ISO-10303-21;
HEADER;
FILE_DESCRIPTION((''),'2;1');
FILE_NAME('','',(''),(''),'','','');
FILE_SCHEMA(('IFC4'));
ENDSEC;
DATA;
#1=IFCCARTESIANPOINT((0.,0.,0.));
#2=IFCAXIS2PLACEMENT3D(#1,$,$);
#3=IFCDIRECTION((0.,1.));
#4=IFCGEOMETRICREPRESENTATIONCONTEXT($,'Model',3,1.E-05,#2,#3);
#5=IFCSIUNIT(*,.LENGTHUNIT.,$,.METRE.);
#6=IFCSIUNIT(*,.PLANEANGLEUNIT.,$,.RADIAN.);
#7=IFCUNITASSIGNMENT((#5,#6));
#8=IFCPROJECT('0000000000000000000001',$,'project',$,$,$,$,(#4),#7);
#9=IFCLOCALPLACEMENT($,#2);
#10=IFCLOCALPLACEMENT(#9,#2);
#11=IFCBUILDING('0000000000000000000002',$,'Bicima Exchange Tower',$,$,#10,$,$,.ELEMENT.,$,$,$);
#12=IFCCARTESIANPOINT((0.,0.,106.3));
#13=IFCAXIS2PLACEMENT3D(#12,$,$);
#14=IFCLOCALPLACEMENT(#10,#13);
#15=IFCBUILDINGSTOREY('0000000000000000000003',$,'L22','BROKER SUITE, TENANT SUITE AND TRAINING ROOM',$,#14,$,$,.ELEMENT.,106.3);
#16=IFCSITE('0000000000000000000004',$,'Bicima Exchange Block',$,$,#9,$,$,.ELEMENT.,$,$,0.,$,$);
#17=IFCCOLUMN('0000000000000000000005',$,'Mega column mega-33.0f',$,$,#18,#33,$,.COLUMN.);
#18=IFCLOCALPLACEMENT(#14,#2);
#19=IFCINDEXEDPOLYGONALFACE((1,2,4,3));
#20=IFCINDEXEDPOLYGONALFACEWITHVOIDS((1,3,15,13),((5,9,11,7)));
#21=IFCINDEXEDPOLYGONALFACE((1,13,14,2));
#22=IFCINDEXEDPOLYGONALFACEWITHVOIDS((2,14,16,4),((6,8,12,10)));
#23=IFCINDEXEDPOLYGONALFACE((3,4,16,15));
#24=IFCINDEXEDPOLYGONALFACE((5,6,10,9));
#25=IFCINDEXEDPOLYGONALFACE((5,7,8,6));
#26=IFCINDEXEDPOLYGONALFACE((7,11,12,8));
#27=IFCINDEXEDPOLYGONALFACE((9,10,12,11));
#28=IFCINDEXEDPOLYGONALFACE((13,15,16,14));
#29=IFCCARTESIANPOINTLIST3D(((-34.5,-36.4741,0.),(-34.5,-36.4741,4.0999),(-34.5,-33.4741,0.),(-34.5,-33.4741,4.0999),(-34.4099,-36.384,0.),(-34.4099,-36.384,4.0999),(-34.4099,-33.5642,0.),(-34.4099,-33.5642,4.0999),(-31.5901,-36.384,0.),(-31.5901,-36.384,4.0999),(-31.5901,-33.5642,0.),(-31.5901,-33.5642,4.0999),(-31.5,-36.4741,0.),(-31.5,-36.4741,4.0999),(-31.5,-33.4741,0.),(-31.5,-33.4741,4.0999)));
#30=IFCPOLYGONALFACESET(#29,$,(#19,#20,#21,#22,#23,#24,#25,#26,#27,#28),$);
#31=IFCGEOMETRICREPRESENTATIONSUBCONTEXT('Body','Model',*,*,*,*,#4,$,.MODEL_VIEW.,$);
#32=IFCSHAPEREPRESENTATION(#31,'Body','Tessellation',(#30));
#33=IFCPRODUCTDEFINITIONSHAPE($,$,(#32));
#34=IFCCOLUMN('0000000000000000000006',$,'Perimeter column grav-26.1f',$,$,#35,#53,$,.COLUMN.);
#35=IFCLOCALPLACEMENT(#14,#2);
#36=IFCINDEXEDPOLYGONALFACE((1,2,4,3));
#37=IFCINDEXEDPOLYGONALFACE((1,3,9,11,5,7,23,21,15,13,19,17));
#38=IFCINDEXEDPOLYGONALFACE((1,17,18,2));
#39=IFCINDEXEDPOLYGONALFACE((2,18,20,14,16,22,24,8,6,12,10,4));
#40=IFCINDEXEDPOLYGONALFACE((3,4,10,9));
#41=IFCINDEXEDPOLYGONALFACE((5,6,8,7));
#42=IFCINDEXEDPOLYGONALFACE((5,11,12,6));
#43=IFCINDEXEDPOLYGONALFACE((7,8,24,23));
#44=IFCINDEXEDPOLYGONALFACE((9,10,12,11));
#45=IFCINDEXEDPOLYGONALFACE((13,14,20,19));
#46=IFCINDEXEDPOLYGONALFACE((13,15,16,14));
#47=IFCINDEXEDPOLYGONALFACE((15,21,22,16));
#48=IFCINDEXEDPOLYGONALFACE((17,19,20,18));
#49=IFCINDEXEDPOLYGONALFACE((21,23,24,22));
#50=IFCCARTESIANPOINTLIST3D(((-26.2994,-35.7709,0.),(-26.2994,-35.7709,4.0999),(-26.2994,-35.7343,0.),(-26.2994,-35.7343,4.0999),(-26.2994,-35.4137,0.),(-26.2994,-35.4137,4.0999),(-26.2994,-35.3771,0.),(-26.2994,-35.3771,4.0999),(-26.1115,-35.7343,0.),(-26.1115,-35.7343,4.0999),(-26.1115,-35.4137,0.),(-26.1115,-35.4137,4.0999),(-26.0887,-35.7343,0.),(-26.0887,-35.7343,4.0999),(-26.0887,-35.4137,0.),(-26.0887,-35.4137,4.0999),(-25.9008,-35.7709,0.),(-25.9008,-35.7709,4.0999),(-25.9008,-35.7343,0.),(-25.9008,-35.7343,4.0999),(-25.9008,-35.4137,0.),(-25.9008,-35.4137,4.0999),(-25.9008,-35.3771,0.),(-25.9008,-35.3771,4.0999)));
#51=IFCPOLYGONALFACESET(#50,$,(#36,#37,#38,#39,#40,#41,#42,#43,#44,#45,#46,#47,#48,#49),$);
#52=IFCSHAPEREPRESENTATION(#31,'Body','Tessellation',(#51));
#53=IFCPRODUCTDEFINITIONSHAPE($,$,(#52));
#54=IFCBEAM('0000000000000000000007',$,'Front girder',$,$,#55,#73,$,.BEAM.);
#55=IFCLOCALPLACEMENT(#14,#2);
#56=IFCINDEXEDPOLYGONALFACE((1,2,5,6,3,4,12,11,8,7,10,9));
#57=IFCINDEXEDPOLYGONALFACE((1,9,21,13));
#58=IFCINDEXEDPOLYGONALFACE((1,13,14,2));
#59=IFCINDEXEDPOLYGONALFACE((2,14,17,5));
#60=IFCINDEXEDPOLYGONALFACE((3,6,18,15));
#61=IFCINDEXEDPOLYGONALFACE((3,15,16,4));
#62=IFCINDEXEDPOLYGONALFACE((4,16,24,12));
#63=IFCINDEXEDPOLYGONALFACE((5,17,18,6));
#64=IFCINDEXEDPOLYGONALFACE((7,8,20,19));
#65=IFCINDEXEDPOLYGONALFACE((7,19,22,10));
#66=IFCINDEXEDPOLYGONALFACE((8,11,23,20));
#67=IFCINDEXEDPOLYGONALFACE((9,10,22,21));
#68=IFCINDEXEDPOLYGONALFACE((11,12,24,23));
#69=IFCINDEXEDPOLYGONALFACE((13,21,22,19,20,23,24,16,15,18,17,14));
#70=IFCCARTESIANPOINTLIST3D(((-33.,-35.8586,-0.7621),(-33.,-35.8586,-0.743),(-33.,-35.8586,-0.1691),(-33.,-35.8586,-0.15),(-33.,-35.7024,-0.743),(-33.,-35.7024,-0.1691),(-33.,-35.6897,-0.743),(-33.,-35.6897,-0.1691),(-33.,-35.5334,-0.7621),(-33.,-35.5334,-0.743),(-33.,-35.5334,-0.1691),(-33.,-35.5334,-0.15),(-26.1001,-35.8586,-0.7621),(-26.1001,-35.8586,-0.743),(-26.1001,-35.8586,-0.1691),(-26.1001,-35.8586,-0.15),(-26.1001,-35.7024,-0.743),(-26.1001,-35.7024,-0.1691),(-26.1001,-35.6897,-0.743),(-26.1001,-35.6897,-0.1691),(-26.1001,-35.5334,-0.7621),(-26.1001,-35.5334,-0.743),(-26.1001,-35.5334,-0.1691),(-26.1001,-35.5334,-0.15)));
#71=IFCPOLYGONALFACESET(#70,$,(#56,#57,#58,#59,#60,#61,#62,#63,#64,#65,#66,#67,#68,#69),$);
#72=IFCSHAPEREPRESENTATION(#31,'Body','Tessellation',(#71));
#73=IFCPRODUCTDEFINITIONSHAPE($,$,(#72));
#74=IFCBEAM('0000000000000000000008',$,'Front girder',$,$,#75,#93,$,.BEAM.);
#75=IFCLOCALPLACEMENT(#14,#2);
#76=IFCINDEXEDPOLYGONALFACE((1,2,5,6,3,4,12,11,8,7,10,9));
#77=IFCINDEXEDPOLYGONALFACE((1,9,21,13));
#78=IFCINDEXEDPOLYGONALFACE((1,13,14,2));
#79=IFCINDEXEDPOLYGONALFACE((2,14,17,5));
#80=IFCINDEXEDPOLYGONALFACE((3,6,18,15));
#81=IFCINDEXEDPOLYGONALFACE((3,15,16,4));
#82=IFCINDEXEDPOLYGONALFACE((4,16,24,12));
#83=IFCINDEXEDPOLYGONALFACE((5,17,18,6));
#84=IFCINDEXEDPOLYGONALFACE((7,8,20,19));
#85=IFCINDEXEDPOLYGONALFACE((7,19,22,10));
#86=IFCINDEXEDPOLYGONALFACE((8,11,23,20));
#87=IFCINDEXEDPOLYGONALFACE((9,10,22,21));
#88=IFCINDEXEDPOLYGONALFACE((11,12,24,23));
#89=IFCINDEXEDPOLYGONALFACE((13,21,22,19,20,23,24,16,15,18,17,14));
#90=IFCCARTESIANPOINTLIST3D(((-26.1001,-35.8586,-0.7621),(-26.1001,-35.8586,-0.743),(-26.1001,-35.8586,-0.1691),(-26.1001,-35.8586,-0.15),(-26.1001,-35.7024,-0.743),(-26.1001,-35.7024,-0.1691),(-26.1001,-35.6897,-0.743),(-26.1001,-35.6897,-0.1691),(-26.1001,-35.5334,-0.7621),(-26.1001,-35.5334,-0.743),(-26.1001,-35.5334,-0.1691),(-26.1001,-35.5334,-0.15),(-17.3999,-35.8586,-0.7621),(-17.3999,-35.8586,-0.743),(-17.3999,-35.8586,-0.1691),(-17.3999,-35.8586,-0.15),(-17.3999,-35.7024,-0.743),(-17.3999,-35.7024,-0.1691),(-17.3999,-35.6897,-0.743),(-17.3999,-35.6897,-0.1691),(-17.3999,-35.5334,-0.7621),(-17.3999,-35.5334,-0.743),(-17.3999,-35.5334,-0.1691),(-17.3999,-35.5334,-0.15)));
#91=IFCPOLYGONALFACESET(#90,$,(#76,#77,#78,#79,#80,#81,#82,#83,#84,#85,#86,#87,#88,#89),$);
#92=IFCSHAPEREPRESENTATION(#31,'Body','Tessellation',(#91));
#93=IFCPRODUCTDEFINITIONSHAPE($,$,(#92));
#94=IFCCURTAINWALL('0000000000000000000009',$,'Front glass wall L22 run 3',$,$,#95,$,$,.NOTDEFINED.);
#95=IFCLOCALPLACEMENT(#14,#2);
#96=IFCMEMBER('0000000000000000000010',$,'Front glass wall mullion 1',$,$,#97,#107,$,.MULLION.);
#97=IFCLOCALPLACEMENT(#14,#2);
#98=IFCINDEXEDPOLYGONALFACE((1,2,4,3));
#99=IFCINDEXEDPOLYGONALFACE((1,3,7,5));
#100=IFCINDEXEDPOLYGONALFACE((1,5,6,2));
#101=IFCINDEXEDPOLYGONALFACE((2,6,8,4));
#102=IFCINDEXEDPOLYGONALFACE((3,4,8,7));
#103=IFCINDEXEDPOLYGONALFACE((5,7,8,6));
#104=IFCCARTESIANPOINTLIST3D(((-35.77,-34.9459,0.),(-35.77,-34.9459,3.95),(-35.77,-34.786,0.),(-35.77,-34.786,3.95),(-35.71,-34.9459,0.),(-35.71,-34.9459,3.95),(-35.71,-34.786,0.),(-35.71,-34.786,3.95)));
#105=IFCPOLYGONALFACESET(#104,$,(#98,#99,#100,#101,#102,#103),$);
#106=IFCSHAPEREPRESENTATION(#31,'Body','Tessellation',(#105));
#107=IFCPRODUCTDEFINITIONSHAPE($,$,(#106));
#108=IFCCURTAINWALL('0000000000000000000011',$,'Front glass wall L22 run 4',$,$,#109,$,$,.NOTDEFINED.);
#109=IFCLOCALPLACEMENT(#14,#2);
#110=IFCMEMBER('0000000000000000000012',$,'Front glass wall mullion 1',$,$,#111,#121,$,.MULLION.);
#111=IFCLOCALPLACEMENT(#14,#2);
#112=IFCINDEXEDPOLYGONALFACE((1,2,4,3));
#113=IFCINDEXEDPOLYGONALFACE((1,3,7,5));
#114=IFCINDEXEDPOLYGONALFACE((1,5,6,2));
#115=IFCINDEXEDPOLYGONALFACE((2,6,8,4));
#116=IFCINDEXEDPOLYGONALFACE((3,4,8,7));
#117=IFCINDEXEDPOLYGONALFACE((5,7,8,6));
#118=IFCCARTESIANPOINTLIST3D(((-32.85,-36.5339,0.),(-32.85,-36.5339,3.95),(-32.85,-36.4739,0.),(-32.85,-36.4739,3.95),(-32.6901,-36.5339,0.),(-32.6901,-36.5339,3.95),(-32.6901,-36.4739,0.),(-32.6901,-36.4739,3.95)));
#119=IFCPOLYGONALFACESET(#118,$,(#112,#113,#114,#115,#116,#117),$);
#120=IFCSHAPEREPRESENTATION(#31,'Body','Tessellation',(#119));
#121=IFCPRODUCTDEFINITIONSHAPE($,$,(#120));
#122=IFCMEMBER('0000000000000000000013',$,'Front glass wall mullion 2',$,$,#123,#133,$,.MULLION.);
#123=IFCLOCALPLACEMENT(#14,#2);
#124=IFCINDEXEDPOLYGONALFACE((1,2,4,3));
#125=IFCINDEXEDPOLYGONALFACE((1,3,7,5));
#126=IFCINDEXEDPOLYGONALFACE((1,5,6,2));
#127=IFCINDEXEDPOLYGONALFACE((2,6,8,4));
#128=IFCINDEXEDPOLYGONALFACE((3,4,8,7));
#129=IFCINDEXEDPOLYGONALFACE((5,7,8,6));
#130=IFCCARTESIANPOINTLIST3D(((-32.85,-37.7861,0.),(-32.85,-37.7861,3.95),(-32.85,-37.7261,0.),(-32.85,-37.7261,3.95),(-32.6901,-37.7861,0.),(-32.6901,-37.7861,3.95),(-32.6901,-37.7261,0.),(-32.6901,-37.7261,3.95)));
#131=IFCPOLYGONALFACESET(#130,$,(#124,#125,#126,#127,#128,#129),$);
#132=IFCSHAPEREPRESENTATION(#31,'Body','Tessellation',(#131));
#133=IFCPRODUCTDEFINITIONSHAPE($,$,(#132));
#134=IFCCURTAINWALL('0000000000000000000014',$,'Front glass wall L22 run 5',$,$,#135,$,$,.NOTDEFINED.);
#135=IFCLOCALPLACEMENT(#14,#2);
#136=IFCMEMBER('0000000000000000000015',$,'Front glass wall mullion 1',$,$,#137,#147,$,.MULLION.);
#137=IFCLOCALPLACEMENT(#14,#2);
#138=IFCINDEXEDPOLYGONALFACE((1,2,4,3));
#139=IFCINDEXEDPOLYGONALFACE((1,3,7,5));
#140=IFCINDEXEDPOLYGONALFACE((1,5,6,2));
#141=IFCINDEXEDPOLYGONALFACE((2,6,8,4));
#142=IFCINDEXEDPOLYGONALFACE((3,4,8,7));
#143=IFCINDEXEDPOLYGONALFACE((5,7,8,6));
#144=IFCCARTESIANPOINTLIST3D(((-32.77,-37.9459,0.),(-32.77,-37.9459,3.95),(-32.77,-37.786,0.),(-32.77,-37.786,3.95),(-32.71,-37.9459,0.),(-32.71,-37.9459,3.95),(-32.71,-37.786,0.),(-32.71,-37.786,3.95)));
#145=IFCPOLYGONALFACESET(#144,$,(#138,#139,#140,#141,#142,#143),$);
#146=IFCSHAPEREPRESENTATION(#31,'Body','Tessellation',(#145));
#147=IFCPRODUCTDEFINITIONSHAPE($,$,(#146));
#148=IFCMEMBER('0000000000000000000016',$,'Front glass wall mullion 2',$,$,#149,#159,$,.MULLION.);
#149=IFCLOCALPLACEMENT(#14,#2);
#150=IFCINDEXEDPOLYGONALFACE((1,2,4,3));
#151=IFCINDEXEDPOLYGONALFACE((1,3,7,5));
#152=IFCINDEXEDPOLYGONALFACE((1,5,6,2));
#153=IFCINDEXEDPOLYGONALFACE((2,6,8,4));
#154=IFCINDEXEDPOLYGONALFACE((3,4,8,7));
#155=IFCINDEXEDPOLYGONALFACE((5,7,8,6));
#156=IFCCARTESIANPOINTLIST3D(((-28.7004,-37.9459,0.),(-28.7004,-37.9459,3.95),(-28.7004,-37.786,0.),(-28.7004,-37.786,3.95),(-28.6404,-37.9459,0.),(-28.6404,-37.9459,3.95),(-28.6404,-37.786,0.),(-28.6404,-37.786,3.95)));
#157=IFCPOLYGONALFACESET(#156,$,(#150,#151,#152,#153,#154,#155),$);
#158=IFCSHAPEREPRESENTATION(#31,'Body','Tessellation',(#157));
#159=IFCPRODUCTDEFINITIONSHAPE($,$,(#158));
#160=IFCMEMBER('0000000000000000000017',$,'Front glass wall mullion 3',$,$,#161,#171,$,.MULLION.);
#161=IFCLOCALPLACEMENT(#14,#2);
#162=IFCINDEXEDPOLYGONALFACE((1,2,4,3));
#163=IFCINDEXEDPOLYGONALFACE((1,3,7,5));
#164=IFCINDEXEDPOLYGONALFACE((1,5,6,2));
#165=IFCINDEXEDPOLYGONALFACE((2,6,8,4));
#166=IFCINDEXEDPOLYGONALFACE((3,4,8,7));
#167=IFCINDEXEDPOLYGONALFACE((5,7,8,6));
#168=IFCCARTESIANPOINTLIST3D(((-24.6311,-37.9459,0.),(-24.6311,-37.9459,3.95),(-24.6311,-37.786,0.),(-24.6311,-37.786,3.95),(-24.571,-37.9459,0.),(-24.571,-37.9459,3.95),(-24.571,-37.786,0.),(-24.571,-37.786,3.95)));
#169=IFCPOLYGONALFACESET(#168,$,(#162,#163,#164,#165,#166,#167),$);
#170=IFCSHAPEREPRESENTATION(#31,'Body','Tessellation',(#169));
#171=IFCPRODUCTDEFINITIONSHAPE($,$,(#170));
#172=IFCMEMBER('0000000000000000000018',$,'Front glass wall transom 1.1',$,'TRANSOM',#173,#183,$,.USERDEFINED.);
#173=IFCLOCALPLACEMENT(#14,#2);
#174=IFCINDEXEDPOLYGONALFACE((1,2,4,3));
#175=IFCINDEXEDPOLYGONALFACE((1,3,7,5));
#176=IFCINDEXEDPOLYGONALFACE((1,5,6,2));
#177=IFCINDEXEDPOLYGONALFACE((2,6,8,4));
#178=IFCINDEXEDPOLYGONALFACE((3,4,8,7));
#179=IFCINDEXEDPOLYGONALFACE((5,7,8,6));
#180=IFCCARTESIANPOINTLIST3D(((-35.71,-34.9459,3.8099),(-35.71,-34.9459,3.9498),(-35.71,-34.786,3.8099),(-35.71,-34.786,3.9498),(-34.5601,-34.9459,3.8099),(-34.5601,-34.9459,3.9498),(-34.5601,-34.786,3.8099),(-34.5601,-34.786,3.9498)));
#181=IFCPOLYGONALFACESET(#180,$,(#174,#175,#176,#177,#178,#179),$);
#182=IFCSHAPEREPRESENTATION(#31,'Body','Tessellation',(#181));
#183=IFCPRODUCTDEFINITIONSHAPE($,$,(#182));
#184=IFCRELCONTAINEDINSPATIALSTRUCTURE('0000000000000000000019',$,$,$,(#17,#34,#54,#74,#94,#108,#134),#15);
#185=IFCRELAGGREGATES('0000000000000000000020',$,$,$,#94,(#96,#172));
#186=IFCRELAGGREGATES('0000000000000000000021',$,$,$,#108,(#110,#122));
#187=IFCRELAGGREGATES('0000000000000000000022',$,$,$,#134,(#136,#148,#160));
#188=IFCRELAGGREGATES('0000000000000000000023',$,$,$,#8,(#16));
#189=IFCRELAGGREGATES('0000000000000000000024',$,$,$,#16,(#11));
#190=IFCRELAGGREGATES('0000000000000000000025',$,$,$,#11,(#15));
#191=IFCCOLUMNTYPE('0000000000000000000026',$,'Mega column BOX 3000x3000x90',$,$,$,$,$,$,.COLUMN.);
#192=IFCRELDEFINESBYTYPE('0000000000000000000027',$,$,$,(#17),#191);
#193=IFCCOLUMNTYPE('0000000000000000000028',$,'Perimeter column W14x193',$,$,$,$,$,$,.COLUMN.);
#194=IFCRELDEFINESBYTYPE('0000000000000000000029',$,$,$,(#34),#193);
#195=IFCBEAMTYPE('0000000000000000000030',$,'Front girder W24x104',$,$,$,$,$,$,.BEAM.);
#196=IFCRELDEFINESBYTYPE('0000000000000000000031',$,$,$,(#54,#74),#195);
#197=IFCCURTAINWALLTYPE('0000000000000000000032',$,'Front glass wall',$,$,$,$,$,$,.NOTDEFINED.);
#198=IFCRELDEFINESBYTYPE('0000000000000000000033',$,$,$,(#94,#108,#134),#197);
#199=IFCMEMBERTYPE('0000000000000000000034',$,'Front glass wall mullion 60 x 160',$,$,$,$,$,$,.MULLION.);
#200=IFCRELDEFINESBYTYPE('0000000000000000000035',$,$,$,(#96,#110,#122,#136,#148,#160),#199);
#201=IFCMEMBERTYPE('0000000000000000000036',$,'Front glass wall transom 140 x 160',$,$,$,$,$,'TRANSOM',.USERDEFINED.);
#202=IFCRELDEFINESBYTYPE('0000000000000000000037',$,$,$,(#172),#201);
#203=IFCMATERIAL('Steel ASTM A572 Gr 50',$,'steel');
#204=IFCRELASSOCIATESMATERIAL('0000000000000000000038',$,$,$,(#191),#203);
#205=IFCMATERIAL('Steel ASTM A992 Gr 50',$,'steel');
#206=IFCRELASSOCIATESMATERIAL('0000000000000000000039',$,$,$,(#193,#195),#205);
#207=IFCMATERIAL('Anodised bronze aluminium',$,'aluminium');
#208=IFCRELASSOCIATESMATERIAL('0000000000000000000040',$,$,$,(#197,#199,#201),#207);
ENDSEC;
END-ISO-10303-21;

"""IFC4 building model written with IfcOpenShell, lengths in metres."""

from ifc_helpers import new_model, si_unit, direction, frame, origin, origin_2d, place, context, subcontext, project, spatial, rectangle, hollow_rectangle, i_section, extrude, material, material_profile, profile_set, type_object, element, aggregate, save


model = new_model("IFC4")

# Units and contexts
model_context = context("Model", 3, precision=1e-05, world=origin(), true_north=direction((0.0, 1.0)))
body_context = subcontext(model_context, "Body", "Model", "MODEL_VIEW")
ifc_project = project(units=[si_unit("LENGTHUNIT", "METRE"), si_unit("PLANEANGLEUNIT", "RADIAN")], contexts=[model_context])

# Site, building, storey
site_placement = place(None, origin())
site = spatial("IfcSite", under=ifc_project, at=site_placement, Name="Bicima Exchange Block", CompositionType="ELEMENT", RefElevation=0.0)
building_placement = place(site_placement, origin())
building = spatial("IfcBuilding", under=site, at=building_placement, Name="Bicima Exchange Tower", CompositionType="ELEMENT")
storey_placement = place(building_placement, frame((0.0, 0.0, 106.3)))
storey = spatial("IfcBuildingStorey", under=building, at=storey_placement, Name="L22", Description="BROKER SUITE, TENANT SUITE AND TRAINING ROOM", CompositionType="ELEMENT", Elevation=106.3)

# Columns
ifc_material_1 = material(Name="Steel ASTM A572 Gr 50", Category="steel")
ifc_material_profile_1 = material_profile(ifc_material_1, hollow_rectangle(XDim=3.0, YDim=3.0, WallThickness=0.0901, at=origin_2d()))
ifc_profile_set_1 = profile_set([ifc_material_profile_1], Name="Steel ASTM A572 Gr 50")
column_type_1 = type_object("IfcColumnType", Name="Mega column BOX 3000x3000x90", PredefinedType="COLUMN", material=ifc_profile_set_1)
column_1_placement = place(storey_placement, frame((-33.0, -34.9741, 0.0), z_axis=(0.0, 0.0, 1.0), x_axis=(1.0, 0.0, 0.0)))
element("IfcColumn", 1, at=column_1_placement, inside=storey, type_object=column_type_1, Name="Mega column mega-33.0f", PredefinedType="COLUMN", context=body_context, shape_type="SweptSolid", body=[
    extrude(hollow_rectangle(XDim=3.0, YDim=3.0, WallThickness=0.0901, at=origin_2d()), origin(), (0.0, 0.0, 1.0), 4.0999),
])
ifc_material_2 = material(Name="Steel ASTM A992 Gr 50", Category="steel")
ifc_material_profile_2 = material_profile(ifc_material_2, i_section(OverallWidth=0.3987, OverallDepth=0.3938, WebThickness=0.0227, FlangeThickness=0.0366, at=origin_2d()))
ifc_profile_set_2 = profile_set([ifc_material_profile_2], Name="Steel ASTM A992 Gr 50")
column_type_2 = type_object("IfcColumnType", Name="Perimeter column W14x193", PredefinedType="COLUMN", material=ifc_profile_set_2)
column_2_placement = place(storey_placement, frame((-26.1001, -35.574, 0.0), z_axis=(0.0, 0.0, 1.0), x_axis=(1.0, 0.0, 0.0)))
element("IfcColumn", 2, at=column_2_placement, inside=storey, type_object=column_type_2, Name="Perimeter column grav-26.1f", PredefinedType="COLUMN", context=body_context, shape_type="SweptSolid", body=[
    extrude(i_section(OverallWidth=0.3987, OverallDepth=0.3938, WebThickness=0.0227, FlangeThickness=0.0366, at=origin_2d()), origin(), (0.0, 0.0, 1.0), 4.0999),
])

# Beams
ifc_material_profile_3 = material_profile(ifc_material_2, i_section(OverallWidth=0.3252, OverallDepth=0.6121, WebThickness=0.0127, FlangeThickness=0.019, at=origin_2d()))
ifc_profile_set_3 = profile_set([ifc_material_profile_3], Name="Steel ASTM A992 Gr 50")
beam_type = type_object("IfcBeamType", Name="Front girder W24x104", PredefinedType="BEAM", material=ifc_profile_set_3)
beam_1_placement = place(storey_placement, frame((-33.0, -35.696, -0.4561), z_axis=(1.0, 0.0, 0.0), x_axis=(0.0, 1.0, 0.0)))
element("IfcBeam", 3, at=beam_1_placement, inside=storey, type_object=beam_type, Name="Front girder", PredefinedType="BEAM", context=body_context, shape_type="SweptSolid", body=[
    extrude(i_section(OverallWidth=0.3252, OverallDepth=0.6121, WebThickness=0.0127, FlangeThickness=0.019, at=origin_2d()), origin(), (0.0, 0.0, 1.0), 6.8999),
])
beam_2_placement = place(storey_placement, frame((-26.1001, -35.696, -0.4561), z_axis=(1.0, 0.0, 0.0), x_axis=(0.0, 1.0, 0.0)))
element("IfcBeam", 4, at=beam_2_placement, inside=storey, type_object=beam_type, Name="Front girder", PredefinedType="BEAM", context=body_context, shape_type="SweptSolid", body=[
    extrude(i_section(OverallWidth=0.3252, OverallDepth=0.6121, WebThickness=0.0127, FlangeThickness=0.019, at=origin_2d()), origin(), (0.0, 0.0, 1.0), 8.7002),
])

# Curtain wall, member
ifc_material_3 = material(Name="Anodised bronze aluminium", Category="aluminium")
curtain_wall_type = type_object("IfcCurtainWallType", Name="Front glass wall", PredefinedType="NOTDEFINED", material=ifc_material_3)
curtain_wall_1_placement = place(storey_placement, origin())
curtain_wall_1 = element("IfcCurtainWall", 5, at=curtain_wall_1_placement, inside=storey, type_object=curtain_wall_type, Name="Front glass wall L22 run 3", PredefinedType="NOTDEFINED")
ifc_material_profile_4 = material_profile(ifc_material_3, rectangle(XDim=0.1599, YDim=0.0601, at=origin_2d()))
ifc_profile_set_4 = profile_set([ifc_material_profile_4], Name="Anodised bronze aluminium")
member_type_1 = type_object("IfcMemberType", Name="Front glass wall mullion 60 x 160", PredefinedType="MULLION", material=ifc_profile_set_4)
member_1_placement = place(storey_placement, frame((-35.74, -34.866, 0.0), z_axis=(0.0, 0.0, 1.0), x_axis=(0.0, 1.0, 0.0)))
member_1 = element("IfcMember", 6, at=member_1_placement, type_object=member_type_1, Name="Front glass wall mullion 1", PredefinedType="MULLION", context=body_context, shape_type="SweptSolid", body=[
    extrude(rectangle(XDim=0.1599, YDim=0.0601, at=origin_2d()), origin(), (0.0, 0.0, 1.0), 3.95),
])

# Curtain walls, members
curtain_wall_2_placement = place(storey_placement, origin())
curtain_wall_2 = element("IfcCurtainWall", 7, at=curtain_wall_2_placement, inside=storey, type_object=curtain_wall_type, Name="Front glass wall L22 run 4", PredefinedType="NOTDEFINED")
member_2_placement = place(storey_placement, frame((-32.77, -36.5039, 0.0), z_axis=(0.0, 0.0, 1.0), x_axis=(1.0, 0.0, 0.0)))
member_2 = element("IfcMember", 8, at=member_2_placement, type_object=member_type_1, Name="Front glass wall mullion 1", PredefinedType="MULLION", context=body_context, shape_type="SweptSolid", body=[
    extrude(rectangle(XDim=0.1599, YDim=0.0601, at=origin_2d()), origin(), (0.0, 0.0, 1.0), 3.95),
])
member_3_placement = place(storey_placement, frame((-32.77, -37.7561, 0.0), z_axis=(0.0, 0.0, 1.0), x_axis=(1.0, 0.0, 0.0)))
member_3 = element("IfcMember", 9, at=member_3_placement, type_object=member_type_1, Name="Front glass wall mullion 2", PredefinedType="MULLION", context=body_context, shape_type="SweptSolid", body=[
    extrude(rectangle(XDim=0.1599, YDim=0.0601, at=origin_2d()), origin(), (0.0, 0.0, 1.0), 3.95),
])
curtain_wall_3_placement = place(storey_placement, origin())
curtain_wall_3 = element("IfcCurtainWall", 10, at=curtain_wall_3_placement, inside=storey, type_object=curtain_wall_type, Name="Front glass wall L22 run 5", PredefinedType="NOTDEFINED")
member_4_placement = place(storey_placement, frame((-32.74, -37.866, 0.0), z_axis=(0.0, 0.0, 1.0), x_axis=(0.0, 1.0, 0.0)))
member_4 = element("IfcMember", 11, at=member_4_placement, type_object=member_type_1, Name="Front glass wall mullion 1", PredefinedType="MULLION", context=body_context, shape_type="SweptSolid", body=[
    extrude(rectangle(XDim=0.1599, YDim=0.0601, at=origin_2d()), origin(), (0.0, 0.0, 1.0), 3.95),
])
member_5_placement = place(storey_placement, frame((-28.6704, -37.866, 0.0), z_axis=(0.0, 0.0, 1.0), x_axis=(0.0, 1.0, 0.0)))
member_5 = element("IfcMember", 12, at=member_5_placement, type_object=member_type_1, Name="Front glass wall mullion 2", PredefinedType="MULLION", context=body_context, shape_type="SweptSolid", body=[
    extrude(rectangle(XDim=0.1599, YDim=0.0601, at=origin_2d()), origin(), (0.0, 0.0, 1.0), 3.95),
])
member_6_placement = place(storey_placement, frame((-24.6011, -37.866, 0.0), z_axis=(0.0, 0.0, 1.0), x_axis=(0.0, 1.0, 0.0)))
member_6 = element("IfcMember", 13, at=member_6_placement, type_object=member_type_1, Name="Front glass wall mullion 3", PredefinedType="MULLION", context=body_context, shape_type="SweptSolid", body=[
    extrude(rectangle(XDim=0.1599, YDim=0.0601, at=origin_2d()), origin(), (0.0, 0.0, 1.0), 3.95),
])

# Member
ifc_material_profile_5 = material_profile(ifc_material_3, rectangle(XDim=0.1599, YDim=0.1399, at=origin_2d()))
ifc_profile_set_5 = profile_set([ifc_material_profile_5], Name="Anodised bronze aluminium")
member_type_2 = type_object("IfcMemberType", Name="Front glass wall transom 140 x 160", ElementType="TRANSOM", PredefinedType="USERDEFINED", material=ifc_profile_set_5)
member_7_placement = place(storey_placement, frame((-35.71, -34.866, 3.8799), z_axis=(1.0, 0.0, 0.0), x_axis=(0.0, 1.0, 0.0)))
member_7 = element("IfcMember", 14, at=member_7_placement, type_object=member_type_2, Name="Front glass wall transom 1.1", ObjectType="TRANSOM", PredefinedType="USERDEFINED", context=body_context, shape_type="SweptSolid", body=[
    extrude(rectangle(XDim=0.1599, YDim=0.1399, at=origin_2d()), origin(), (0.0, 0.0, 1.0), 1.1499),
])

aggregate(curtain_wall_1, [member_1, member_7])
aggregate(curtain_wall_2, [member_2, member_3])
aggregate(curtain_wall_3, [member_4, member_5, member_6])

save(model, "model.ifc")
